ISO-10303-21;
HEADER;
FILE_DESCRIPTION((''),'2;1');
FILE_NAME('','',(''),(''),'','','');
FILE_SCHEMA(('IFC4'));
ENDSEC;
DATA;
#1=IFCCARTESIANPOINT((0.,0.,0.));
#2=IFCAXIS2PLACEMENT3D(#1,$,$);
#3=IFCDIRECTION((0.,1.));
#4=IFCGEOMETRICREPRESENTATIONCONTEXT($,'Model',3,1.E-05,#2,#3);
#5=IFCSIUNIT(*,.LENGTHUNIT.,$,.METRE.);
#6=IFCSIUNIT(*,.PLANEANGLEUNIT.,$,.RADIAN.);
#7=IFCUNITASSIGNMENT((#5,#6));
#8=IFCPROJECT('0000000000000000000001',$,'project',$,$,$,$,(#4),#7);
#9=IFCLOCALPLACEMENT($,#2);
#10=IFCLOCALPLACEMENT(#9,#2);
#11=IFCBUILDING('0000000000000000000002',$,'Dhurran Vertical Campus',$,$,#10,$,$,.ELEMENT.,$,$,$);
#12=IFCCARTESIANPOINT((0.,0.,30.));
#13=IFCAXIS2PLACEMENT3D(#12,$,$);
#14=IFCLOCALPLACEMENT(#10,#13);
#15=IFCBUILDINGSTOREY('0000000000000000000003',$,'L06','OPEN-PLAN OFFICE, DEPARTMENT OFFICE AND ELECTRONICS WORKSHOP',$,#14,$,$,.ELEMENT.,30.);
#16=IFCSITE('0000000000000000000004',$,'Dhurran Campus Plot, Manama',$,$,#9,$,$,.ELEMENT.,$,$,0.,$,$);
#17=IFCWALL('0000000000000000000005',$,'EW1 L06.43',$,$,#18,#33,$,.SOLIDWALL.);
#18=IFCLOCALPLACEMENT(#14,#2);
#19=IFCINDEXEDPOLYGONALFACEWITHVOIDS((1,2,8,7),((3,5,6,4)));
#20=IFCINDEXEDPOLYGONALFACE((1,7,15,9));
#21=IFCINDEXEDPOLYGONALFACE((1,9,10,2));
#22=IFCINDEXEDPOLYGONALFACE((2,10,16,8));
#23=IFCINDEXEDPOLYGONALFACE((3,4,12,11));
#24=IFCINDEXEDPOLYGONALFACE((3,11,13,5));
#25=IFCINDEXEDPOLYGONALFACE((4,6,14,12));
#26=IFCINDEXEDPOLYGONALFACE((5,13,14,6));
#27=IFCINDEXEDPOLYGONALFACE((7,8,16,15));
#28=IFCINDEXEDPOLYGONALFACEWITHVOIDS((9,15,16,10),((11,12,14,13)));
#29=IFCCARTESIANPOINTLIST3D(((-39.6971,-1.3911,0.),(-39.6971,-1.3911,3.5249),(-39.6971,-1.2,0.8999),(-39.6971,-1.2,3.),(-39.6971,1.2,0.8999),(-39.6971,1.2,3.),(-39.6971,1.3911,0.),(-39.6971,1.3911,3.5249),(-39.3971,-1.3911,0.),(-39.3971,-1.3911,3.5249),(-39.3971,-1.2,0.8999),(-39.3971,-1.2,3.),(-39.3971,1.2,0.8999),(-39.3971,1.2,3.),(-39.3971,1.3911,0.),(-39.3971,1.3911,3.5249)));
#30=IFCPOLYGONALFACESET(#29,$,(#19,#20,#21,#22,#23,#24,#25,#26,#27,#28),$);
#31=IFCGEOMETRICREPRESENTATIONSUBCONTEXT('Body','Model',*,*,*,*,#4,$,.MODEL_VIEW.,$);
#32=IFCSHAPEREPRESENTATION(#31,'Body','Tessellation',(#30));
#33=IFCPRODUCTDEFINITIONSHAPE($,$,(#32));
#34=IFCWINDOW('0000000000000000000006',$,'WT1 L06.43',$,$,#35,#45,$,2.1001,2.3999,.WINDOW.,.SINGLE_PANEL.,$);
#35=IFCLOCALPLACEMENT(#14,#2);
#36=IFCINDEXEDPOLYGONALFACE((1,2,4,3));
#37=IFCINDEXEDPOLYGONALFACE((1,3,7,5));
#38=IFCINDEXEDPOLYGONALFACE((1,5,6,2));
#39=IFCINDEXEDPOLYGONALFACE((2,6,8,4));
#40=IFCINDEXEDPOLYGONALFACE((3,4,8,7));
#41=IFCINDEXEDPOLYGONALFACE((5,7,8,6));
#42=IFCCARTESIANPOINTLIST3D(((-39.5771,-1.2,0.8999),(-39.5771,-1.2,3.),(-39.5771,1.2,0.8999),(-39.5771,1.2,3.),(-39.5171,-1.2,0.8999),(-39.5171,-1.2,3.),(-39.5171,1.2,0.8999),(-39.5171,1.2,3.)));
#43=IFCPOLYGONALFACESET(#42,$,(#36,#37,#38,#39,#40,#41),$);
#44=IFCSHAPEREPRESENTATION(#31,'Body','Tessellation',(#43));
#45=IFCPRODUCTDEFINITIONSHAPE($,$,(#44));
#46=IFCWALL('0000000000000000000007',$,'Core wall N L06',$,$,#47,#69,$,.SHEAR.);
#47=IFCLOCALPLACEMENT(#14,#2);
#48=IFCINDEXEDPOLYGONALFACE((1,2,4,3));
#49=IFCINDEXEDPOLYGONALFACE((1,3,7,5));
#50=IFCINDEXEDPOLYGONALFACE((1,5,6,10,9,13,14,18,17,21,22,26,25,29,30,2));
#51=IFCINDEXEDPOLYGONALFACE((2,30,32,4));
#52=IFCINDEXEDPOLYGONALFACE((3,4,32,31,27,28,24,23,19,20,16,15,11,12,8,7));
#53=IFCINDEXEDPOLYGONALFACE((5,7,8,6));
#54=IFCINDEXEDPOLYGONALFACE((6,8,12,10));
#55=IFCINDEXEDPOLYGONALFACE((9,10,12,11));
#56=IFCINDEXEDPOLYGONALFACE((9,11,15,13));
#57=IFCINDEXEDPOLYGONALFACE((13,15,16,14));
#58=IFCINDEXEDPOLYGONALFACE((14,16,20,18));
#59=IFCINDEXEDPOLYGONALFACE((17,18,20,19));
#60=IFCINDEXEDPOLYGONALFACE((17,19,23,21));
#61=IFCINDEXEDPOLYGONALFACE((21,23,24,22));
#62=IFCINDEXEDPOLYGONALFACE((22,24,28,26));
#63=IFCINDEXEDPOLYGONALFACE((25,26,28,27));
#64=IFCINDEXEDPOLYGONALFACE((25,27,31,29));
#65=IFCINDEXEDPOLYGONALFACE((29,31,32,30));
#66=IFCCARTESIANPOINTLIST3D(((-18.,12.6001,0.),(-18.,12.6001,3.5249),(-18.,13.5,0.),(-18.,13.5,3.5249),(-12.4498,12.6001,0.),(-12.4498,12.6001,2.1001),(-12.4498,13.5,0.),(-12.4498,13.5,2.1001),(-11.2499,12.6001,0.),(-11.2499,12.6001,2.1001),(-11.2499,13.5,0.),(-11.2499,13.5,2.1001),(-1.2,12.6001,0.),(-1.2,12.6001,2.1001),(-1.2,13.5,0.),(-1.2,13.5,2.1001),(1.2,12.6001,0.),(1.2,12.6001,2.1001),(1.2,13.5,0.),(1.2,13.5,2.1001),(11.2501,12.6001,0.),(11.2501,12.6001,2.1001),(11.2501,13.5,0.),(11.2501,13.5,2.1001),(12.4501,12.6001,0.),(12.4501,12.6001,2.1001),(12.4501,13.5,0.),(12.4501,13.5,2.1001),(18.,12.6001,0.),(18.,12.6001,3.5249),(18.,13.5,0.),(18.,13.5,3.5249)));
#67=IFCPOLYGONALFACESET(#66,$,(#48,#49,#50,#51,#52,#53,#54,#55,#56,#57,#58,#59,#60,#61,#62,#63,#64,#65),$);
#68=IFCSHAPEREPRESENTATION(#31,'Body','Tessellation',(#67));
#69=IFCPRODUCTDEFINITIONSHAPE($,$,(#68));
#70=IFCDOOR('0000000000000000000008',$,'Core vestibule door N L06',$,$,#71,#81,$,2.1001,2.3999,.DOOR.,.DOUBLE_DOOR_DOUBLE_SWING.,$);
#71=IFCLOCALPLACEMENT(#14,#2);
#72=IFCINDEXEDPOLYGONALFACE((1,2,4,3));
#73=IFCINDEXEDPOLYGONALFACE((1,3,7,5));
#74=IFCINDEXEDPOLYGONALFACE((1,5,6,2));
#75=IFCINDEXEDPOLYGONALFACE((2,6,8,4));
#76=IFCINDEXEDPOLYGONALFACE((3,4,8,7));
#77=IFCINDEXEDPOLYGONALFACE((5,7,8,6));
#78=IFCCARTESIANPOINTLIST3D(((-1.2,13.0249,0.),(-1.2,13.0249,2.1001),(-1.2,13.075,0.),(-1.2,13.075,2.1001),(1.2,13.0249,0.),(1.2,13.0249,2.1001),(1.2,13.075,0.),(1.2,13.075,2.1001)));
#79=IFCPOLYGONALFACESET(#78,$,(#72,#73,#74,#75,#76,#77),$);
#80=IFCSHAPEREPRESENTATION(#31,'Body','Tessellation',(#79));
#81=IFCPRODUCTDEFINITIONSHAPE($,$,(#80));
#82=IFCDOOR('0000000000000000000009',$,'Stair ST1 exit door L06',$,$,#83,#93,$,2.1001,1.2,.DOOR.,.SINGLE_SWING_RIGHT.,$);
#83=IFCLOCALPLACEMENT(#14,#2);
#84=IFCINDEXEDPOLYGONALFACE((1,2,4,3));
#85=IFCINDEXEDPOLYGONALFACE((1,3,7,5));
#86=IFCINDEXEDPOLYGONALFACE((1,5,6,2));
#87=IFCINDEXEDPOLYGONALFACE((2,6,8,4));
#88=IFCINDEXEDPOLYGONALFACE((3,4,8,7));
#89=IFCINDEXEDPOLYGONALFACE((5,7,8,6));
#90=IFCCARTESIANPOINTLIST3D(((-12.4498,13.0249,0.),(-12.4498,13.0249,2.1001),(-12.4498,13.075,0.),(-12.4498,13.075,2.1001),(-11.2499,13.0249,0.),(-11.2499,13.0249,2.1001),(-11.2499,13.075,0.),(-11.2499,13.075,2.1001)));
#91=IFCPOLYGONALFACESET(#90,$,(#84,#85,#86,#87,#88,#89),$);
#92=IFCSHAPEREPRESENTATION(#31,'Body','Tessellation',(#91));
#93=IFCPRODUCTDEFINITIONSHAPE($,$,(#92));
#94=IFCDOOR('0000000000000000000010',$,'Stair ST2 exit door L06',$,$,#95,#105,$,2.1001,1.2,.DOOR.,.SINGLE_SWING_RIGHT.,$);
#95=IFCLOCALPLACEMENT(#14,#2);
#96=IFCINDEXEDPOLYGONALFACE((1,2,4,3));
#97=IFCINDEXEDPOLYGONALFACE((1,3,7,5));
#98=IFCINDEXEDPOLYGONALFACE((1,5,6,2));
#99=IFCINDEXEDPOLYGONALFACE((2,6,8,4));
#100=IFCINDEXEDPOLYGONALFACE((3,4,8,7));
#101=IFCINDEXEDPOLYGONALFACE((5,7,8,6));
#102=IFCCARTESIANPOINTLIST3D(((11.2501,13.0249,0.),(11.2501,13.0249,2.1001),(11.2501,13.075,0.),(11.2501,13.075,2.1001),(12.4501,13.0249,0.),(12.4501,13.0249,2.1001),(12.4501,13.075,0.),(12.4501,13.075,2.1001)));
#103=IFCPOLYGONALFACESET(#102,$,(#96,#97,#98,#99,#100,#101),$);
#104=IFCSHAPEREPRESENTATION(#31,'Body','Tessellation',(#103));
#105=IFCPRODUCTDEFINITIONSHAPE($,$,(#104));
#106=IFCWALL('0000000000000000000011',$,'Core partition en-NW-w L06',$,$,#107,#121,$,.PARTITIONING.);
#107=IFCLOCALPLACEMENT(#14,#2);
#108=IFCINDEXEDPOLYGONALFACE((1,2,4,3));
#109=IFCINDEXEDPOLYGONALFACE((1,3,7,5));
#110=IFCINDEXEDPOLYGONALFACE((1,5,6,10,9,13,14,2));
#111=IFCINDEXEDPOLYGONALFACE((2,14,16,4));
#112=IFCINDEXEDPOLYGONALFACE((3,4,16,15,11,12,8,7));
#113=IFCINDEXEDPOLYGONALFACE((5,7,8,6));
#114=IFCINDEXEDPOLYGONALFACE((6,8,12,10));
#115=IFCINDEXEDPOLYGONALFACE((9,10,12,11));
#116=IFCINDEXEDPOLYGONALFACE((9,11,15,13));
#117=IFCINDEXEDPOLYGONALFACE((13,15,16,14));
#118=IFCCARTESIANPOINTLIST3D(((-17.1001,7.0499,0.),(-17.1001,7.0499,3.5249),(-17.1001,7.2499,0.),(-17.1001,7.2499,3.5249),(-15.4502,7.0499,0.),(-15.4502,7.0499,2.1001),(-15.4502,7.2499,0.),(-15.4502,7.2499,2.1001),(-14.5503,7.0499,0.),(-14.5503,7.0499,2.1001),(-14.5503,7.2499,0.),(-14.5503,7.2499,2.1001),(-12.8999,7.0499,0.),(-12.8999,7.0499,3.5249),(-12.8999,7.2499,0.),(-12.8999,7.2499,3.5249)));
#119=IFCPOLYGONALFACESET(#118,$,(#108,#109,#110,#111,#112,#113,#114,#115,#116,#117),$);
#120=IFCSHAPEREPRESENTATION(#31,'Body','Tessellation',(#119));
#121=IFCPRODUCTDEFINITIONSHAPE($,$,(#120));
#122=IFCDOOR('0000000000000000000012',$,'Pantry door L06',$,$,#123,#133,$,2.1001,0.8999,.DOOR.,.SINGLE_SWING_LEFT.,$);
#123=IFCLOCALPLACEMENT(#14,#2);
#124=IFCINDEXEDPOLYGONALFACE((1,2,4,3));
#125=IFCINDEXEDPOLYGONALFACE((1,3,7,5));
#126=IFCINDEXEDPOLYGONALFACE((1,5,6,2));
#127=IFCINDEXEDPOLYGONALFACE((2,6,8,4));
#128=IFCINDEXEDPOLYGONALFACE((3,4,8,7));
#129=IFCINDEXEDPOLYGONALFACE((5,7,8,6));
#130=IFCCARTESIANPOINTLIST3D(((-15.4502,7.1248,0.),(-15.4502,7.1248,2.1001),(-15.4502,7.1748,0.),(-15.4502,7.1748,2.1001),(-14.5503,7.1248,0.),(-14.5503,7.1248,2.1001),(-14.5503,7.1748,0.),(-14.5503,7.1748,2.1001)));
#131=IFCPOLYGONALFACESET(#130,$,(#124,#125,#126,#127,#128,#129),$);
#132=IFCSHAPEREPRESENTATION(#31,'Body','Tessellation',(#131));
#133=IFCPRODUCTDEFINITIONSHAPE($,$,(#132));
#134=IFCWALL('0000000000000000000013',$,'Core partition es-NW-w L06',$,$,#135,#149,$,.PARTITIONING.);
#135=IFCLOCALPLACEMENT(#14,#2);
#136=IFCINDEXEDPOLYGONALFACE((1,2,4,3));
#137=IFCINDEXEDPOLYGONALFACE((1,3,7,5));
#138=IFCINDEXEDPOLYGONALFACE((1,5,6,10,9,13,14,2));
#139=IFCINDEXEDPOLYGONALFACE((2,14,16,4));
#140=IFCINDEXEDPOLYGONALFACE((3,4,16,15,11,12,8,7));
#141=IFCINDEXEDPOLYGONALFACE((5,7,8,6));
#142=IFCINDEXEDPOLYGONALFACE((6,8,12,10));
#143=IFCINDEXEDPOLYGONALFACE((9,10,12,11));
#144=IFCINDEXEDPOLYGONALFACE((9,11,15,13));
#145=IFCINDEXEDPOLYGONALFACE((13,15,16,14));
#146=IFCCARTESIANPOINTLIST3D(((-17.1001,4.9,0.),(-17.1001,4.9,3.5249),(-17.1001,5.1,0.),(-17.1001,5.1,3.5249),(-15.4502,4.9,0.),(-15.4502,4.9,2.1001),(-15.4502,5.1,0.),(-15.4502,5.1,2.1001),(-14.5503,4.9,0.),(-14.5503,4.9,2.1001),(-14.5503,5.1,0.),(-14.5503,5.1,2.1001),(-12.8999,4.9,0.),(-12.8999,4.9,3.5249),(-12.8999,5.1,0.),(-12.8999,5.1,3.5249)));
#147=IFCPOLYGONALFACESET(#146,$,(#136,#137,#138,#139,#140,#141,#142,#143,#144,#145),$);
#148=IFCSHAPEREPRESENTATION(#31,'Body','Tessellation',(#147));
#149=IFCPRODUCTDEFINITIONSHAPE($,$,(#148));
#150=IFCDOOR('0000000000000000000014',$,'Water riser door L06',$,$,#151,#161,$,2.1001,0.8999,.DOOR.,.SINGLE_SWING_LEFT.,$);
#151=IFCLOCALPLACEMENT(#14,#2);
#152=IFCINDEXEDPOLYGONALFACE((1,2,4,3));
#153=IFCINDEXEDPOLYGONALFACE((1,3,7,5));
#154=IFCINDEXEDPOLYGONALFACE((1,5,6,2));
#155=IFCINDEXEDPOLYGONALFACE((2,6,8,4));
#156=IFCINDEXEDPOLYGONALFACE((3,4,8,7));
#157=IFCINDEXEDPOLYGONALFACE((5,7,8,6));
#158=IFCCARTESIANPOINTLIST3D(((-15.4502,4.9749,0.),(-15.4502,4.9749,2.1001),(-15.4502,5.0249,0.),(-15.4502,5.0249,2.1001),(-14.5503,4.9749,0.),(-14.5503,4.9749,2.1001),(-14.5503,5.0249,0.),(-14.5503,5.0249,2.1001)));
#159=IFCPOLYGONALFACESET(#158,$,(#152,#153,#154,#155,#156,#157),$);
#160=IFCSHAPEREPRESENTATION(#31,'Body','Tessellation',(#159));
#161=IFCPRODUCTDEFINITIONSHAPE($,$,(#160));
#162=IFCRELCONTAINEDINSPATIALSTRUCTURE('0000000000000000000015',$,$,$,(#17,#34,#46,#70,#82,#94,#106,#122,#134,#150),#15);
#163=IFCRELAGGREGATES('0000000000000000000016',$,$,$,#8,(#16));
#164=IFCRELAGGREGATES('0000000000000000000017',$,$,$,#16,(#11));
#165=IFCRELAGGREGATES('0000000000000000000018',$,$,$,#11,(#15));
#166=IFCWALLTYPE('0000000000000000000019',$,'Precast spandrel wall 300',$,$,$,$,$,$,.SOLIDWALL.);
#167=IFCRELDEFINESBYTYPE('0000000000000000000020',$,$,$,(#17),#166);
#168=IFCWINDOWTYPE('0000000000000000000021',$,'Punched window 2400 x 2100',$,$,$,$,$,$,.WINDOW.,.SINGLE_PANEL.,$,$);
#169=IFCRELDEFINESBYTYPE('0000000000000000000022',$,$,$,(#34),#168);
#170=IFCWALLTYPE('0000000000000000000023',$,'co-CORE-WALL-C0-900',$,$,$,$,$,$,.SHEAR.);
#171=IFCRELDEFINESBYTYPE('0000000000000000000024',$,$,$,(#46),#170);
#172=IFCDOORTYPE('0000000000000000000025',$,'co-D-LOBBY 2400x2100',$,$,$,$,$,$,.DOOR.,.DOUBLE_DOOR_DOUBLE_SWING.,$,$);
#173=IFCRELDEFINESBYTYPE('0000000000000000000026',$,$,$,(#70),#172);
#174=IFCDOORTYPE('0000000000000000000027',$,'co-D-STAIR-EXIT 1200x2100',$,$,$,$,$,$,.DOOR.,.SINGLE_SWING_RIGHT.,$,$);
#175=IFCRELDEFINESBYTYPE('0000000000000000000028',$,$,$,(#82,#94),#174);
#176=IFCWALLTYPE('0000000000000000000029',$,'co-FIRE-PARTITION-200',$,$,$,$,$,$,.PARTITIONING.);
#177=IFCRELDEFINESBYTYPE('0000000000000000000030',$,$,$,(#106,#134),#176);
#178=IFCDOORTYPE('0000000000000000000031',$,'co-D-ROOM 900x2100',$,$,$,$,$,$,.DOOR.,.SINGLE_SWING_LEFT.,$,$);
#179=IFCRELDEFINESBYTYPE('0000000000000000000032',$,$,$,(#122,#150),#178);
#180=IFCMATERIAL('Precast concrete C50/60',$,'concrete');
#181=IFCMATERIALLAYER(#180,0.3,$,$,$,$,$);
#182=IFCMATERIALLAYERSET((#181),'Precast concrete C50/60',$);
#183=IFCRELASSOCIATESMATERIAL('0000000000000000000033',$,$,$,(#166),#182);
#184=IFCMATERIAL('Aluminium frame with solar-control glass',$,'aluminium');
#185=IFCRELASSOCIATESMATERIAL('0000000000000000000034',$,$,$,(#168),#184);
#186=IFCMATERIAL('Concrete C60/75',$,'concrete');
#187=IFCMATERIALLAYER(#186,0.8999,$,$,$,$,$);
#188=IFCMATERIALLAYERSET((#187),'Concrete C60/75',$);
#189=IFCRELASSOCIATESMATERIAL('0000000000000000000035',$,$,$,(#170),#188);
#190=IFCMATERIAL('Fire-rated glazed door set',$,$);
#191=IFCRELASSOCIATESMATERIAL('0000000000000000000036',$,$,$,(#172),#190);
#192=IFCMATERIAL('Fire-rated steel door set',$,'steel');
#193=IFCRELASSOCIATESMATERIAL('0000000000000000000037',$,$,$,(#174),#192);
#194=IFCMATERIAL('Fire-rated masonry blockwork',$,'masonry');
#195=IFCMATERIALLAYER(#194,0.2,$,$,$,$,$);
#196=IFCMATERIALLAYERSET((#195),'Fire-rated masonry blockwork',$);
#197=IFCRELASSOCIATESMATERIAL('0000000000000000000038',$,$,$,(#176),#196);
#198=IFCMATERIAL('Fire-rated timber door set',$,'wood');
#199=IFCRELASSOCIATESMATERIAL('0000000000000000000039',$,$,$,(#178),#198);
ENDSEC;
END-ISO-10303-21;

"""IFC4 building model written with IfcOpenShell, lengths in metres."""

from ifc_helpers import new_model, si_unit, direction, frame, frame_2d, origin, place, context, subcontext, project, spatial, rectangle, extrude, material, layer, layer_set, type_object, element, fill, save


model = new_model("IFC4")

# Units and contexts
model_context = context("Model", 3, precision=1e-05, world=origin(), true_north=direction((0.0, 1.0)))
body_context = subcontext(model_context, "Body", "Model", "MODEL_VIEW")
ifc_project = project(units=[si_unit("LENGTHUNIT", "METRE"), si_unit("PLANEANGLEUNIT", "RADIAN")], contexts=[model_context])

# Site, building, storey
site_placement = place(None, origin())
site = spatial("IfcSite", under=ifc_project, at=site_placement, Name="Dhurran Campus Plot, Manama", CompositionType="ELEMENT", RefElevation=0.0)
building_placement = place(site_placement, origin())
building = spatial("IfcBuilding", under=site, at=building_placement, Name="Dhurran Vertical Campus", CompositionType="ELEMENT")
storey_placement = place(building_placement, frame((0.0, 0.0, 30.0)))
storey = spatial("IfcBuildingStorey", under=building, at=storey_placement, Name="L06", Description="OPEN-PLAN OFFICE, DEPARTMENT OFFICE AND ELECTRONICS WORKSHOP", CompositionType="ELEMENT", Elevation=30.0)

# Wall, opening, window
ifc_material_1 = material(Name="Precast concrete C50/60", Category="concrete")
ifc_layer_1 = layer(ifc_material_1, 0.3)
ifc_layer_set_1 = layer_set([ifc_layer_1], Name="Precast concrete C50/60")
wall_type_1 = type_object("IfcWallType", Name="Precast spandrel wall 300", PredefinedType="SOLIDWALL", material=ifc_layer_set_1)
ifc_material_2 = material(Name="Aluminium frame with solar-control glass", Category="aluminium")
window_type = type_object("IfcWindowType", Name="Punched window 2400 x 2100", PartitioningType="SINGLE_PANEL", PredefinedType="WINDOW", material=ifc_material_2)
wall_1_placement = place(storey_placement, frame((-39.5471, 1.3911, 0.0), z_axis=(0.0, 0.0, 1.0), x_axis=(0.0, -1.0, 0.0)))
wall_1 = element("IfcWall", 1, at=wall_1_placement, inside=storey, type_object=wall_type_1, Name="EW1 L06.43", PredefinedType="SOLIDWALL", context=body_context, shape_type="SweptSolid", body=[
    extrude(rectangle(XDim=2.7822, YDim=0.3, at=frame_2d((1.3911, 0.0))), origin(), (0.0, 0.0, 1.0), 3.5249),
])
opening_1_placement = place(wall_1_placement, frame((0.1912, 0.0, 0.8999)))
opening_1 = element("IfcOpeningElement", 2, at=opening_1_placement, cuts=wall_1, PredefinedType="OPENING", context=body_context, shape_type="SweptSolid", body=[
    extrude(rectangle(XDim=2.3999, YDim=2.1001, at=frame_2d((1.2, 1.05))), frame((0.0, 0.1599, 0.0), z_axis=(0.0, -1.0, 0.0), x_axis=(1.0, 0.0, 0.0)), (0.0, 0.0, 1.0), 0.3201),
])
window_1_placement = place(opening_1_placement, origin())
window_1 = element("IfcWindow", 3, at=window_1_placement, inside=storey, type_object=window_type, Name="WT1 L06.43", OverallHeight=2.1001, OverallWidth=2.3999, PartitioningType="SINGLE_PANEL", PredefinedType="WINDOW", context=body_context, shape_type="SweptSolid", body=[
    extrude(rectangle(XDim=2.3999, YDim=2.1001, at=frame_2d((1.2, 1.05))), frame((0.0, 0.03, 0.0), z_axis=(0.0, -1.0, 0.0), x_axis=(1.0, 0.0, 0.0)), (0.0, 0.0, 1.0), 0.0601),
])
fill(opening_1, window_1)

# Wall, openings, doors
ifc_material_3 = material(Name="Concrete C60/75", Category="concrete")
ifc_layer_2 = layer(ifc_material_3, 0.8999)
ifc_layer_set_2 = layer_set([ifc_layer_2], Name="Concrete C60/75")
wall_type_2 = type_object("IfcWallType", Name="co-CORE-WALL-C0-900", PredefinedType="SHEAR", material=ifc_layer_set_2)
wall_2_placement = place(storey_placement, frame((-18.0, 13.05, 0.0), z_axis=(0.0, 0.0, 1.0), x_axis=(1.0, 0.0, 0.0)))
wall_2 = element("IfcWall", 4, at=wall_2_placement, inside=storey, type_object=wall_type_2, Name="Core wall N L06", PredefinedType="SHEAR", context=body_context, shape_type="SweptSolid", body=[
    extrude(rectangle(XDim=36.0, YDim=0.8999, at=frame_2d((18.0, 0.0))), origin(), (0.0, 0.0, 1.0), 3.5249),
])
opening_2_placement = place(wall_2_placement, frame((16.8, 0.0, 0.0)))
opening_2 = element("IfcOpeningElement", 5, at=opening_2_placement, cuts=wall_2, PredefinedType="OPENING", context=body_context, shape_type="SweptSolid", body=[
    extrude(rectangle(XDim=2.3999, YDim=2.1001, at=frame_2d((1.2, 1.05))), frame((0.0, 0.46, 0.0), z_axis=(0.0, -1.0, 0.0), x_axis=(1.0, 0.0, 0.0)), (0.0, 0.0, 1.0), 0.9199),
])
opening_3_placement = place(wall_2_placement, frame((5.55, 0.0, 0.0)))
opening_3 = element("IfcOpeningElement", 6, at=opening_3_placement, cuts=wall_2, PredefinedType="OPENING", context=body_context, shape_type="SweptSolid", body=[
    extrude(rectangle(XDim=1.2, YDim=2.1001, at=frame_2d((0.6001, 1.05))), frame((0.0, 0.46, 0.0), z_axis=(0.0, -1.0, 0.0), x_axis=(1.0, 0.0, 0.0)), (0.0, 0.0, 1.0), 0.9199),
])
opening_4_placement = place(wall_2_placement, frame((29.25, 0.0, 0.0)))
opening_4 = element("IfcOpeningElement", 7, at=opening_4_placement, cuts=wall_2, PredefinedType="OPENING", context=body_context, shape_type="SweptSolid", body=[
    extrude(rectangle(XDim=1.2, YDim=2.1001, at=frame_2d((0.6001, 1.05))), frame((0.0, 0.46, 0.0), z_axis=(0.0, -1.0, 0.0), x_axis=(1.0, 0.0, 0.0)), (0.0, 0.0, 1.0), 0.9199),
])
ifc_material_4 = material(Name="Fire-rated glazed door set")
door_type_1 = type_object("IfcDoorType", Name="co-D-LOBBY 2400x2100", OperationType="DOUBLE_DOOR_DOUBLE_SWING", PredefinedType="DOOR", material=ifc_material_4)
door_1_placement = place(opening_2_placement, origin())
door_1 = element("IfcDoor", 8, at=door_1_placement, inside=storey, type_object=door_type_1, Name="Core vestibule door N L06", OperationType="DOUBLE_DOOR_DOUBLE_SWING", OverallHeight=2.1001, OverallWidth=2.3999, PredefinedType="DOOR", context=body_context, shape_type="SweptSolid", body=[
    extrude(rectangle(XDim=2.3999, YDim=2.1001, at=frame_2d((1.2, 1.05))), frame((0.0, 0.0249, 0.0), z_axis=(0.0, -1.0, 0.0), x_axis=(1.0, 0.0, 0.0)), (0.0, 0.0, 1.0), 0.05),
])
fill(opening_2, door_1)
ifc_material_5 = material(Name="Fire-rated steel door set", Category="steel")
door_type_2 = type_object("IfcDoorType", Name="co-D-STAIR-EXIT 1200x2100", OperationType="SINGLE_SWING_RIGHT", PredefinedType="DOOR", material=ifc_material_5)
door_2_placement = place(opening_3_placement, origin())
door_2 = element("IfcDoor", 9, at=door_2_placement, inside=storey, type_object=door_type_2, Name="Stair ST1 exit door L06", OperationType="SINGLE_SWING_RIGHT", OverallHeight=2.1001, OverallWidth=1.2, PredefinedType="DOOR", context=body_context, shape_type="SweptSolid", body=[
    extrude(rectangle(XDim=1.2, YDim=2.1001, at=frame_2d((0.6001, 1.05))), frame((0.0, 0.0249, 0.0), z_axis=(0.0, -1.0, 0.0), x_axis=(1.0, 0.0, 0.0)), (0.0, 0.0, 1.0), 0.05),
])
fill(opening_3, door_2)
door_3_placement = place(opening_4_placement, origin())
door_3 = element("IfcDoor", 10, at=door_3_placement, inside=storey, type_object=door_type_2, Name="Stair ST2 exit door L06", OperationType="SINGLE_SWING_RIGHT", OverallHeight=2.1001, OverallWidth=1.2, PredefinedType="DOOR", context=body_context, shape_type="SweptSolid", body=[
    extrude(rectangle(XDim=1.2, YDim=2.1001, at=frame_2d((0.6001, 1.05))), frame((0.0, 0.0249, 0.0), z_axis=(0.0, -1.0, 0.0), x_axis=(1.0, 0.0, 0.0)), (0.0, 0.0, 1.0), 0.05),
])
fill(opening_4, door_3)

# Walls, openings, doors
ifc_material_6 = material(Name="Fire-rated masonry blockwork", Category="masonry")
ifc_layer_3 = layer(ifc_material_6, 0.2)
ifc_layer_set_3 = layer_set([ifc_layer_3], Name="Fire-rated masonry blockwork")
wall_type_3 = type_object("IfcWallType", Name="co-FIRE-PARTITION-200", PredefinedType="PARTITIONING", material=ifc_layer_set_3)
wall_3_placement = place(storey_placement, frame((-17.1001, 7.1499, 0.0), z_axis=(0.0, 0.0, 1.0), x_axis=(1.0, 0.0, 0.0)))
wall_3 = element("IfcWall", 11, at=wall_3_placement, inside=storey, type_object=wall_type_3, Name="Core partition en-NW-w L06", PredefinedType="PARTITIONING", context=body_context, shape_type="SweptSolid", body=[
    extrude(rectangle(XDim=4.2002, YDim=0.2, at=frame_2d((2.1001, 0.0))), origin(), (0.0, 0.0, 1.0), 3.5249),
])
opening_5_placement = place(wall_3_placement, frame((1.6499, 0.0, 0.0)))
opening_5 = element("IfcOpeningElement", 12, at=opening_5_placement, cuts=wall_3, PredefinedType="OPENING", context=body_context, shape_type="SweptSolid", body=[
    extrude(rectangle(XDim=0.8999, YDim=2.1001, at=frame_2d((0.45, 1.05))), frame((0.0, 0.1099, 0.0), z_axis=(0.0, -1.0, 0.0), x_axis=(1.0, 0.0, 0.0)), (0.0, 0.0, 1.0), 0.22),
])
ifc_material_7 = material(Name="Fire-rated timber door set", Category="wood")
door_type_3 = type_object("IfcDoorType", Name="co-D-ROOM 900x2100", OperationType="SINGLE_SWING_LEFT", PredefinedType="DOOR", material=ifc_material_7)
door_4_placement = place(opening_5_placement, origin())
door_4 = element("IfcDoor", 13, at=door_4_placement, inside=storey, type_object=door_type_3, Name="Pantry door L06", OperationType="SINGLE_SWING_LEFT", OverallHeight=2.1001, OverallWidth=0.8999, PredefinedType="DOOR", context=body_context, shape_type="SweptSolid", body=[
    extrude(rectangle(XDim=0.8999, YDim=2.1001, at=frame_2d((0.45, 1.05))), frame((0.0, 0.0249, 0.0), z_axis=(0.0, -1.0, 0.0), x_axis=(1.0, 0.0, 0.0)), (0.0, 0.0, 1.0), 0.05),
])
fill(opening_5, door_4)
wall_4_placement = place(storey_placement, frame((-17.1001, 5.0, 0.0), z_axis=(0.0, 0.0, 1.0), x_axis=(1.0, 0.0, 0.0)))
wall_4 = element("IfcWall", 14, at=wall_4_placement, inside=storey, type_object=wall_type_3, Name="Core partition es-NW-w L06", PredefinedType="PARTITIONING", context=body_context, shape_type="SweptSolid", body=[
    extrude(rectangle(XDim=4.2002, YDim=0.2, at=frame_2d((2.1001, 0.0))), origin(), (0.0, 0.0, 1.0), 3.5249),
])
opening_6_placement = place(wall_4_placement, frame((1.6499, 0.0, 0.0)))
opening_6 = element("IfcOpeningElement", 15, at=opening_6_placement, cuts=wall_4, PredefinedType="OPENING", context=body_context, shape_type="SweptSolid", body=[
    extrude(rectangle(XDim=0.8999, YDim=2.1001, at=frame_2d((0.45, 1.05))), frame((0.0, 0.1099, 0.0), z_axis=(0.0, -1.0, 0.0), x_axis=(1.0, 0.0, 0.0)), (0.0, 0.0, 1.0), 0.22),
])
door_5_placement = place(opening_6_placement, origin())
door_5 = element("IfcDoor", 16, at=door_5_placement, inside=storey, type_object=door_type_3, Name="Water riser door L06", OperationType="SINGLE_SWING_LEFT", OverallHeight=2.1001, OverallWidth=0.8999, PredefinedType="DOOR", context=body_context, shape_type="SweptSolid", body=[
    extrude(rectangle(XDim=0.8999, YDim=2.1001, at=frame_2d((0.45, 1.05))), frame((0.0, 0.0249, 0.0), z_axis=(0.0, -1.0, 0.0), x_axis=(1.0, 0.0, 0.0)), (0.0, 0.0, 1.0), 0.05),
])
fill(opening_6, door_5)

save(model, "model.ifc")
